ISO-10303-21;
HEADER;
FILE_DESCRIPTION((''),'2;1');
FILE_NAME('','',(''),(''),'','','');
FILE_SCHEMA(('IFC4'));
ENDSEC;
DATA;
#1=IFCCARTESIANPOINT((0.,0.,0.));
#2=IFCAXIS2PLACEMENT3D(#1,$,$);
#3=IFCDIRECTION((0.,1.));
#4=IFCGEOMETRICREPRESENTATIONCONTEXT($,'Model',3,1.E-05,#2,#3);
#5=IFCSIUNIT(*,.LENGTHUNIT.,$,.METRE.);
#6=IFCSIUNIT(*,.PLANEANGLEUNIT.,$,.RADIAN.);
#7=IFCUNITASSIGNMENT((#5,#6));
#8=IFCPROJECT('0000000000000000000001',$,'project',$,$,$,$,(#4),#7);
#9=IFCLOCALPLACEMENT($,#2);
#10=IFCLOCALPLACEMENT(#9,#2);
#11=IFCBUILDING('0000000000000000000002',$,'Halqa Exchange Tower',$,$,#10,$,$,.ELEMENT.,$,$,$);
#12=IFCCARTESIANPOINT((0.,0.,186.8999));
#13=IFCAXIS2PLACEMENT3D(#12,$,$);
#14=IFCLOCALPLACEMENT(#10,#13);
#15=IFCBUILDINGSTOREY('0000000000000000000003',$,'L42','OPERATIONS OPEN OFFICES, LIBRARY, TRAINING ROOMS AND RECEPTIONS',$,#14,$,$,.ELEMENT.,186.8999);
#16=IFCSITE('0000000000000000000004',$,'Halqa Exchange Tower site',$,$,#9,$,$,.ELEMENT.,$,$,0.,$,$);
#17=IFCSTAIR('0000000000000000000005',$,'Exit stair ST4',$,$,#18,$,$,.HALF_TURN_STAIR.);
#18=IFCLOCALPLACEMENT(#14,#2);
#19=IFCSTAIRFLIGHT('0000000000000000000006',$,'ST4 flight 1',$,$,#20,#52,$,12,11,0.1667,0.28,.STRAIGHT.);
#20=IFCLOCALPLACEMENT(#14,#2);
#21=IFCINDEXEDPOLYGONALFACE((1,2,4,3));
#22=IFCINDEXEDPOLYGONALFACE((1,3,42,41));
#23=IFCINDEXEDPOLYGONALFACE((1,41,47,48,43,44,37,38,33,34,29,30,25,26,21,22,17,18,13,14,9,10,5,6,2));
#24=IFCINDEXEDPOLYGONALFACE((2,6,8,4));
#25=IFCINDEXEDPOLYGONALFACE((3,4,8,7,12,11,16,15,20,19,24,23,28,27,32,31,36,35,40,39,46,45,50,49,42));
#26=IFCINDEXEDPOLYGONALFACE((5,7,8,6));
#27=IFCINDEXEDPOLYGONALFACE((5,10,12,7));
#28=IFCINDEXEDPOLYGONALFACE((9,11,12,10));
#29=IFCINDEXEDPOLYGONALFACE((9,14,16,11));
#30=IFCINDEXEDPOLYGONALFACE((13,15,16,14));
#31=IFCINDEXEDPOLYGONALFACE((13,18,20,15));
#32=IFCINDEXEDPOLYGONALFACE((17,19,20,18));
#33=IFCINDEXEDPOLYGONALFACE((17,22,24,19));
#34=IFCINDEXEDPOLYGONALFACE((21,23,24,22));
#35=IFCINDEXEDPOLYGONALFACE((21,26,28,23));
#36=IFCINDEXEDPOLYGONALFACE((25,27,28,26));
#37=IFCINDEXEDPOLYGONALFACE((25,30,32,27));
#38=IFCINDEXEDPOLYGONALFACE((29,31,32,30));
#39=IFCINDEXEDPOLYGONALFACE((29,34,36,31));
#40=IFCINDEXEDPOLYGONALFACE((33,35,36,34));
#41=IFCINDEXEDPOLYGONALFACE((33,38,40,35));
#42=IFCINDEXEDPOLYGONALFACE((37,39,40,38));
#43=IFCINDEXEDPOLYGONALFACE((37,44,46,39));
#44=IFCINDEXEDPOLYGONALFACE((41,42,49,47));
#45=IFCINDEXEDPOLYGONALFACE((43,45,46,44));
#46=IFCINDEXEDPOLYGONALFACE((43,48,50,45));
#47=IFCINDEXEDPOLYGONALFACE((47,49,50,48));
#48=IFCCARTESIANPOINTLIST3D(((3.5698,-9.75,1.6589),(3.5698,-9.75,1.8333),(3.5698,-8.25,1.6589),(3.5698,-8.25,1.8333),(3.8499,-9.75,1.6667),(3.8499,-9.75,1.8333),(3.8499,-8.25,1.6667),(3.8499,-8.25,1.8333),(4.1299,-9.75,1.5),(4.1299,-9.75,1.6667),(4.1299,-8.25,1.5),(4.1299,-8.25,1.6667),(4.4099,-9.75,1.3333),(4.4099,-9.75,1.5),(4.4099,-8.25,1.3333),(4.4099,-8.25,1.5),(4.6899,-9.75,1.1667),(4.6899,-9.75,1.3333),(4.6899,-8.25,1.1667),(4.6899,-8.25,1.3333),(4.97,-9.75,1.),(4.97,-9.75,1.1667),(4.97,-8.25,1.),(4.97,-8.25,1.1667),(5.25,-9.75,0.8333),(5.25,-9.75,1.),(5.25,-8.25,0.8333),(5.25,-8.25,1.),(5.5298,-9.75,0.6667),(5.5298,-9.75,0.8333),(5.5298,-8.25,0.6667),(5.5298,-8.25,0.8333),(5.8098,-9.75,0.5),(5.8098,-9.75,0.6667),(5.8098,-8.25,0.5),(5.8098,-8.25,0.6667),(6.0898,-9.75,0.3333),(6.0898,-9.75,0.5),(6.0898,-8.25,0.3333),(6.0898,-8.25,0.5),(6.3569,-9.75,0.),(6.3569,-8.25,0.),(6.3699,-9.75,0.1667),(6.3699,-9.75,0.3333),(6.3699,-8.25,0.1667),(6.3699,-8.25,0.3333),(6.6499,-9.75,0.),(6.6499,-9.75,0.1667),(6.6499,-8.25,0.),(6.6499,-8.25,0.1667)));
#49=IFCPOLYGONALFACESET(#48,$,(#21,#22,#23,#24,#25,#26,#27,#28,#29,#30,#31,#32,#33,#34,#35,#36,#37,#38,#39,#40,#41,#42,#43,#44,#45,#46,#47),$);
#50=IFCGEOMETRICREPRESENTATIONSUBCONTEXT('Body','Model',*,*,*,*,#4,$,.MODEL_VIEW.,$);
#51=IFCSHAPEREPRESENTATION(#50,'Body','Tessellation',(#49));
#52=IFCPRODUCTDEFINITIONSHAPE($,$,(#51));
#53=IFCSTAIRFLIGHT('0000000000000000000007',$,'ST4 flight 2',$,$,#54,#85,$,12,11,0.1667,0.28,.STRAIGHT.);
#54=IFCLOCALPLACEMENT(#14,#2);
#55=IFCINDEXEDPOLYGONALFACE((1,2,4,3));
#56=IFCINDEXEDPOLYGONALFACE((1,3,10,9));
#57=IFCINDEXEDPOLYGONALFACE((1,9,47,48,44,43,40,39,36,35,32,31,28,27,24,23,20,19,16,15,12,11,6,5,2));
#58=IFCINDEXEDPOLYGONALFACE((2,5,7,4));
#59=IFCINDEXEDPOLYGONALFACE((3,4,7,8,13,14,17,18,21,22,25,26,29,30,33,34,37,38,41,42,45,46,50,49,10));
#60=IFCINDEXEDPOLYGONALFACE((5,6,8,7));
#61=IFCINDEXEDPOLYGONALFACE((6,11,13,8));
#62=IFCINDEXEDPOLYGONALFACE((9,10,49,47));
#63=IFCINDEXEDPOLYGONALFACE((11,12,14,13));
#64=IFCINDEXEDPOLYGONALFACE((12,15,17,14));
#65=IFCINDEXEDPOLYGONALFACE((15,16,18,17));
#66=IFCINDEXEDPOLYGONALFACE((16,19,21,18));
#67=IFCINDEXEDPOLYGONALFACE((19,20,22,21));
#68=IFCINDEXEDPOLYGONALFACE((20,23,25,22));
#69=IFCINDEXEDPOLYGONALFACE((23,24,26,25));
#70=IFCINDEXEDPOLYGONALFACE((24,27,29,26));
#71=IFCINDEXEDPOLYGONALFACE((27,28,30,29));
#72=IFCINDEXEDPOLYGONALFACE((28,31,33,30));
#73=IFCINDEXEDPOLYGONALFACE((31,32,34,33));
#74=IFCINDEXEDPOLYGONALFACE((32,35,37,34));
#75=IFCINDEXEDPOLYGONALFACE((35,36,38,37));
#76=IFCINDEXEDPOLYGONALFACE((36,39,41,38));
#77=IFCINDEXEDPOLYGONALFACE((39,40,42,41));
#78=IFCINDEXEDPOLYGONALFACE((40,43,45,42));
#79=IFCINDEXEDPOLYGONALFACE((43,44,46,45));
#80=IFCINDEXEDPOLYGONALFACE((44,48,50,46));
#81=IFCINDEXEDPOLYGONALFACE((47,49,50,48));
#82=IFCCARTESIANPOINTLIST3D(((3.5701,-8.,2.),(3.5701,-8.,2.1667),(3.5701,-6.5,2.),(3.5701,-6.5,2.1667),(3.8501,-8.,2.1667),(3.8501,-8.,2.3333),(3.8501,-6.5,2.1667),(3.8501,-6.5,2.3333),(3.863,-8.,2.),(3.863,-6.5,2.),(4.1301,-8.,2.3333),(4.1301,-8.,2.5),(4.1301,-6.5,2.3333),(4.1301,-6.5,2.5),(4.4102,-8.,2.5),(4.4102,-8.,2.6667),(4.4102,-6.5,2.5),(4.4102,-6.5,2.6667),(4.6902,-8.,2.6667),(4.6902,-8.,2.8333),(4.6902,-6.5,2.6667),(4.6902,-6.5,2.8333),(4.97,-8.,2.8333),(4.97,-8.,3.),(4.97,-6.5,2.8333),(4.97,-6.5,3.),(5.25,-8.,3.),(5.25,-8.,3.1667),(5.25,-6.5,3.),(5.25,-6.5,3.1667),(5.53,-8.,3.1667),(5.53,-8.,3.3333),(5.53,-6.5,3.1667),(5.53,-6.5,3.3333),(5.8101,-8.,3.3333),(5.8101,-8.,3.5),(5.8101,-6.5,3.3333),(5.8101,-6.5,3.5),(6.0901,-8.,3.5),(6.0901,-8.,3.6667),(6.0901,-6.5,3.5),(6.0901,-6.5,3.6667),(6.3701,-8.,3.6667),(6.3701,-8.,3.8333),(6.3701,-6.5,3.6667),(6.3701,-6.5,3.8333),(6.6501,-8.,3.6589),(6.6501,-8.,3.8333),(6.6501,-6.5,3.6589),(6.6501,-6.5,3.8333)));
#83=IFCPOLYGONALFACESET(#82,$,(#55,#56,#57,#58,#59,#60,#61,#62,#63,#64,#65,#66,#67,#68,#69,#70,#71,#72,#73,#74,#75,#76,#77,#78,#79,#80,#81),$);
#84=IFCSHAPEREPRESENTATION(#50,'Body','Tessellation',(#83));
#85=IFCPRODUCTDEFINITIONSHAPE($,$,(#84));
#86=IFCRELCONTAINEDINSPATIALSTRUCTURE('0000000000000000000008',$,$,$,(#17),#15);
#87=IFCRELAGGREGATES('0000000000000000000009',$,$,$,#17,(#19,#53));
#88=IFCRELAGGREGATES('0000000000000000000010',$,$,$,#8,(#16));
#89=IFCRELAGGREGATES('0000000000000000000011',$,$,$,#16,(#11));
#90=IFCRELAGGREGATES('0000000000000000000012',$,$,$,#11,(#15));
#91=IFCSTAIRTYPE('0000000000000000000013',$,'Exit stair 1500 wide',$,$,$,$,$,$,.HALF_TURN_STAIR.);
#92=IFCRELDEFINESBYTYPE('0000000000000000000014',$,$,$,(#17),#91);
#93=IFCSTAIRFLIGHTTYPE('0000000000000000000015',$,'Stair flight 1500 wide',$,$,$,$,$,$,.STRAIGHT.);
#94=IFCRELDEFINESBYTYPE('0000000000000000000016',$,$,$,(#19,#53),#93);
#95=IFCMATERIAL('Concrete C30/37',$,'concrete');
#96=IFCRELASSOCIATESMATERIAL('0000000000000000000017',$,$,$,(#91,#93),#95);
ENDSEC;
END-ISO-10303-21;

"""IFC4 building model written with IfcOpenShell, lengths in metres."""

from ifc_helpers import new_model, si_unit, direction, frame, origin, place, context, subcontext, project, spatial, polyline, outline, extrude, material, type_object, element, aggregate, save


model = new_model("IFC4")

# Units and contexts
model_context = context("Model", 3, precision=1e-05, world=origin(), true_north=direction((0.0, 1.0)))
body_context = subcontext(model_context, "Body", "Model", "MODEL_VIEW")
ifc_project = project(units=[si_unit("LENGTHUNIT", "METRE"), si_unit("PLANEANGLEUNIT", "RADIAN")], contexts=[model_context])

# Site, building, storey
site_placement = place(None, origin())
site = spatial("IfcSite", under=ifc_project, at=site_placement, Name="Halqa Exchange Tower site", CompositionType="ELEMENT", RefElevation=0.0)
building_placement = place(site_placement, origin())
building = spatial("IfcBuilding", under=site, at=building_placement, Name="Halqa Exchange Tower", CompositionType="ELEMENT")
storey_placement = place(building_placement, frame((0.0, 0.0, 186.8999)))
storey = spatial("IfcBuildingStorey", under=building, at=storey_placement, Name="L42", Description="OPERATIONS OPEN OFFICES, LIBRARY, TRAINING ROOMS AND RECEPTIONS", CompositionType="ELEMENT", Elevation=186.8999)

# Shared definitions
ifc_material_1 = material(Name="Concrete C30/37", Category="concrete")

# Stair, stair flights
stair_type = type_object("IfcStairType", Name="Exit stair 1500 wide", PredefinedType="HALF_TURN_STAIR", material=ifc_material_1)
stair_placement = place(storey_placement, origin())
stair = element("IfcStair", 1, at=stair_placement, inside=storey, type_object=stair_type, Name="Exit stair ST4", PredefinedType="HALF_TURN_STAIR")
stair_flight_type = type_object("IfcStairFlightType", Name="Stair flight 1500 wide", PredefinedType="STRAIGHT", material=ifc_material_1)
stair_flight_1_placement = place(storey_placement, frame((6.6499, -9.0, 0.0), z_axis=(0.0, 0.0, 1.0), x_axis=(-1.0, 0.0, 0.0)))
stair_flight_1 = element("IfcStairFlight", 2, at=stair_flight_1_placement, type_object=stair_flight_type, Name="ST4 flight 1", NumberOfRisers=12, NumberOfTreads=11, PredefinedType="STRAIGHT", RiserHeight=0.1667, TreadLength=0.28, context=body_context, shape_type="SweptSolid", body=[
    extrude(outline(polyline([(0.0, 0.0), (0.0, 0.1667), (0.28, 0.1667), (0.28, 0.3333), (0.5601, 0.3333), (0.5601, 0.5), (0.8401, 0.5), (0.8401, 0.6667), (1.1201, 0.6667), (1.1201, 0.8333), (1.3999, 0.8333), (1.3999, 1.0), (1.6799, 1.0), (1.6799, 1.1667), (1.96, 1.1667), (1.96, 1.3333), (2.24, 1.3333), (2.24, 1.5), (2.52, 1.5), (2.52, 1.6667), (2.8, 1.6667), (2.8, 1.8333), (3.0801, 1.8333), (3.0801, 2.0), (3.0801, 1.6589), (0.293, 0.0), (0.0, 0.0)])), frame((0.0, 0.75, 0.0), z_axis=(0.0, -1.0, 0.0), x_axis=(1.0, 0.0, 0.0)), (0.0, 0.0, 1.0), 1.5),
])
stair_flight_2_placement = place(storey_placement, frame((3.5701, -7.25, 2.0), z_axis=(0.0, 0.0, 1.0), x_axis=(1.0, 0.0, 0.0)))
stair_flight_2 = element("IfcStairFlight", 3, at=stair_flight_2_placement, type_object=stair_flight_type, Name="ST4 flight 2", NumberOfRisers=12, NumberOfTreads=11, PredefinedType="STRAIGHT", RiserHeight=0.1667, TreadLength=0.28, context=body_context, shape_type="SweptSolid", body=[
    extrude(outline(polyline([(0.0, 0.0), (0.0, 0.1667), (0.28, 0.1667), (0.28, 0.3333), (0.5601, 0.3333), (0.5601, 0.5), (0.8401, 0.5), (0.8401, 0.6667), (1.1201, 0.6667), (1.1201, 0.8333), (1.3999, 0.8333), (1.3999, 1.0), (1.6799, 1.0), (1.6799, 1.1667), (1.96, 1.1667), (1.96, 1.3333), (2.24, 1.3333), (2.24, 1.5), (2.52, 1.5), (2.52, 1.6667), (2.8, 1.6667), (2.8, 1.8333), (3.0801, 1.8333), (3.0801, 2.0), (3.0801, 1.6589), (0.293, 0.0), (0.0, 0.0)])), frame((0.0, 0.75, 0.0), z_axis=(0.0, -1.0, 0.0), x_axis=(1.0, 0.0, 0.0)), (0.0, 0.0, 1.0), 1.5),
])
aggregate(stair, [stair_flight_1, stair_flight_2])

save(model, "model.ifc")
